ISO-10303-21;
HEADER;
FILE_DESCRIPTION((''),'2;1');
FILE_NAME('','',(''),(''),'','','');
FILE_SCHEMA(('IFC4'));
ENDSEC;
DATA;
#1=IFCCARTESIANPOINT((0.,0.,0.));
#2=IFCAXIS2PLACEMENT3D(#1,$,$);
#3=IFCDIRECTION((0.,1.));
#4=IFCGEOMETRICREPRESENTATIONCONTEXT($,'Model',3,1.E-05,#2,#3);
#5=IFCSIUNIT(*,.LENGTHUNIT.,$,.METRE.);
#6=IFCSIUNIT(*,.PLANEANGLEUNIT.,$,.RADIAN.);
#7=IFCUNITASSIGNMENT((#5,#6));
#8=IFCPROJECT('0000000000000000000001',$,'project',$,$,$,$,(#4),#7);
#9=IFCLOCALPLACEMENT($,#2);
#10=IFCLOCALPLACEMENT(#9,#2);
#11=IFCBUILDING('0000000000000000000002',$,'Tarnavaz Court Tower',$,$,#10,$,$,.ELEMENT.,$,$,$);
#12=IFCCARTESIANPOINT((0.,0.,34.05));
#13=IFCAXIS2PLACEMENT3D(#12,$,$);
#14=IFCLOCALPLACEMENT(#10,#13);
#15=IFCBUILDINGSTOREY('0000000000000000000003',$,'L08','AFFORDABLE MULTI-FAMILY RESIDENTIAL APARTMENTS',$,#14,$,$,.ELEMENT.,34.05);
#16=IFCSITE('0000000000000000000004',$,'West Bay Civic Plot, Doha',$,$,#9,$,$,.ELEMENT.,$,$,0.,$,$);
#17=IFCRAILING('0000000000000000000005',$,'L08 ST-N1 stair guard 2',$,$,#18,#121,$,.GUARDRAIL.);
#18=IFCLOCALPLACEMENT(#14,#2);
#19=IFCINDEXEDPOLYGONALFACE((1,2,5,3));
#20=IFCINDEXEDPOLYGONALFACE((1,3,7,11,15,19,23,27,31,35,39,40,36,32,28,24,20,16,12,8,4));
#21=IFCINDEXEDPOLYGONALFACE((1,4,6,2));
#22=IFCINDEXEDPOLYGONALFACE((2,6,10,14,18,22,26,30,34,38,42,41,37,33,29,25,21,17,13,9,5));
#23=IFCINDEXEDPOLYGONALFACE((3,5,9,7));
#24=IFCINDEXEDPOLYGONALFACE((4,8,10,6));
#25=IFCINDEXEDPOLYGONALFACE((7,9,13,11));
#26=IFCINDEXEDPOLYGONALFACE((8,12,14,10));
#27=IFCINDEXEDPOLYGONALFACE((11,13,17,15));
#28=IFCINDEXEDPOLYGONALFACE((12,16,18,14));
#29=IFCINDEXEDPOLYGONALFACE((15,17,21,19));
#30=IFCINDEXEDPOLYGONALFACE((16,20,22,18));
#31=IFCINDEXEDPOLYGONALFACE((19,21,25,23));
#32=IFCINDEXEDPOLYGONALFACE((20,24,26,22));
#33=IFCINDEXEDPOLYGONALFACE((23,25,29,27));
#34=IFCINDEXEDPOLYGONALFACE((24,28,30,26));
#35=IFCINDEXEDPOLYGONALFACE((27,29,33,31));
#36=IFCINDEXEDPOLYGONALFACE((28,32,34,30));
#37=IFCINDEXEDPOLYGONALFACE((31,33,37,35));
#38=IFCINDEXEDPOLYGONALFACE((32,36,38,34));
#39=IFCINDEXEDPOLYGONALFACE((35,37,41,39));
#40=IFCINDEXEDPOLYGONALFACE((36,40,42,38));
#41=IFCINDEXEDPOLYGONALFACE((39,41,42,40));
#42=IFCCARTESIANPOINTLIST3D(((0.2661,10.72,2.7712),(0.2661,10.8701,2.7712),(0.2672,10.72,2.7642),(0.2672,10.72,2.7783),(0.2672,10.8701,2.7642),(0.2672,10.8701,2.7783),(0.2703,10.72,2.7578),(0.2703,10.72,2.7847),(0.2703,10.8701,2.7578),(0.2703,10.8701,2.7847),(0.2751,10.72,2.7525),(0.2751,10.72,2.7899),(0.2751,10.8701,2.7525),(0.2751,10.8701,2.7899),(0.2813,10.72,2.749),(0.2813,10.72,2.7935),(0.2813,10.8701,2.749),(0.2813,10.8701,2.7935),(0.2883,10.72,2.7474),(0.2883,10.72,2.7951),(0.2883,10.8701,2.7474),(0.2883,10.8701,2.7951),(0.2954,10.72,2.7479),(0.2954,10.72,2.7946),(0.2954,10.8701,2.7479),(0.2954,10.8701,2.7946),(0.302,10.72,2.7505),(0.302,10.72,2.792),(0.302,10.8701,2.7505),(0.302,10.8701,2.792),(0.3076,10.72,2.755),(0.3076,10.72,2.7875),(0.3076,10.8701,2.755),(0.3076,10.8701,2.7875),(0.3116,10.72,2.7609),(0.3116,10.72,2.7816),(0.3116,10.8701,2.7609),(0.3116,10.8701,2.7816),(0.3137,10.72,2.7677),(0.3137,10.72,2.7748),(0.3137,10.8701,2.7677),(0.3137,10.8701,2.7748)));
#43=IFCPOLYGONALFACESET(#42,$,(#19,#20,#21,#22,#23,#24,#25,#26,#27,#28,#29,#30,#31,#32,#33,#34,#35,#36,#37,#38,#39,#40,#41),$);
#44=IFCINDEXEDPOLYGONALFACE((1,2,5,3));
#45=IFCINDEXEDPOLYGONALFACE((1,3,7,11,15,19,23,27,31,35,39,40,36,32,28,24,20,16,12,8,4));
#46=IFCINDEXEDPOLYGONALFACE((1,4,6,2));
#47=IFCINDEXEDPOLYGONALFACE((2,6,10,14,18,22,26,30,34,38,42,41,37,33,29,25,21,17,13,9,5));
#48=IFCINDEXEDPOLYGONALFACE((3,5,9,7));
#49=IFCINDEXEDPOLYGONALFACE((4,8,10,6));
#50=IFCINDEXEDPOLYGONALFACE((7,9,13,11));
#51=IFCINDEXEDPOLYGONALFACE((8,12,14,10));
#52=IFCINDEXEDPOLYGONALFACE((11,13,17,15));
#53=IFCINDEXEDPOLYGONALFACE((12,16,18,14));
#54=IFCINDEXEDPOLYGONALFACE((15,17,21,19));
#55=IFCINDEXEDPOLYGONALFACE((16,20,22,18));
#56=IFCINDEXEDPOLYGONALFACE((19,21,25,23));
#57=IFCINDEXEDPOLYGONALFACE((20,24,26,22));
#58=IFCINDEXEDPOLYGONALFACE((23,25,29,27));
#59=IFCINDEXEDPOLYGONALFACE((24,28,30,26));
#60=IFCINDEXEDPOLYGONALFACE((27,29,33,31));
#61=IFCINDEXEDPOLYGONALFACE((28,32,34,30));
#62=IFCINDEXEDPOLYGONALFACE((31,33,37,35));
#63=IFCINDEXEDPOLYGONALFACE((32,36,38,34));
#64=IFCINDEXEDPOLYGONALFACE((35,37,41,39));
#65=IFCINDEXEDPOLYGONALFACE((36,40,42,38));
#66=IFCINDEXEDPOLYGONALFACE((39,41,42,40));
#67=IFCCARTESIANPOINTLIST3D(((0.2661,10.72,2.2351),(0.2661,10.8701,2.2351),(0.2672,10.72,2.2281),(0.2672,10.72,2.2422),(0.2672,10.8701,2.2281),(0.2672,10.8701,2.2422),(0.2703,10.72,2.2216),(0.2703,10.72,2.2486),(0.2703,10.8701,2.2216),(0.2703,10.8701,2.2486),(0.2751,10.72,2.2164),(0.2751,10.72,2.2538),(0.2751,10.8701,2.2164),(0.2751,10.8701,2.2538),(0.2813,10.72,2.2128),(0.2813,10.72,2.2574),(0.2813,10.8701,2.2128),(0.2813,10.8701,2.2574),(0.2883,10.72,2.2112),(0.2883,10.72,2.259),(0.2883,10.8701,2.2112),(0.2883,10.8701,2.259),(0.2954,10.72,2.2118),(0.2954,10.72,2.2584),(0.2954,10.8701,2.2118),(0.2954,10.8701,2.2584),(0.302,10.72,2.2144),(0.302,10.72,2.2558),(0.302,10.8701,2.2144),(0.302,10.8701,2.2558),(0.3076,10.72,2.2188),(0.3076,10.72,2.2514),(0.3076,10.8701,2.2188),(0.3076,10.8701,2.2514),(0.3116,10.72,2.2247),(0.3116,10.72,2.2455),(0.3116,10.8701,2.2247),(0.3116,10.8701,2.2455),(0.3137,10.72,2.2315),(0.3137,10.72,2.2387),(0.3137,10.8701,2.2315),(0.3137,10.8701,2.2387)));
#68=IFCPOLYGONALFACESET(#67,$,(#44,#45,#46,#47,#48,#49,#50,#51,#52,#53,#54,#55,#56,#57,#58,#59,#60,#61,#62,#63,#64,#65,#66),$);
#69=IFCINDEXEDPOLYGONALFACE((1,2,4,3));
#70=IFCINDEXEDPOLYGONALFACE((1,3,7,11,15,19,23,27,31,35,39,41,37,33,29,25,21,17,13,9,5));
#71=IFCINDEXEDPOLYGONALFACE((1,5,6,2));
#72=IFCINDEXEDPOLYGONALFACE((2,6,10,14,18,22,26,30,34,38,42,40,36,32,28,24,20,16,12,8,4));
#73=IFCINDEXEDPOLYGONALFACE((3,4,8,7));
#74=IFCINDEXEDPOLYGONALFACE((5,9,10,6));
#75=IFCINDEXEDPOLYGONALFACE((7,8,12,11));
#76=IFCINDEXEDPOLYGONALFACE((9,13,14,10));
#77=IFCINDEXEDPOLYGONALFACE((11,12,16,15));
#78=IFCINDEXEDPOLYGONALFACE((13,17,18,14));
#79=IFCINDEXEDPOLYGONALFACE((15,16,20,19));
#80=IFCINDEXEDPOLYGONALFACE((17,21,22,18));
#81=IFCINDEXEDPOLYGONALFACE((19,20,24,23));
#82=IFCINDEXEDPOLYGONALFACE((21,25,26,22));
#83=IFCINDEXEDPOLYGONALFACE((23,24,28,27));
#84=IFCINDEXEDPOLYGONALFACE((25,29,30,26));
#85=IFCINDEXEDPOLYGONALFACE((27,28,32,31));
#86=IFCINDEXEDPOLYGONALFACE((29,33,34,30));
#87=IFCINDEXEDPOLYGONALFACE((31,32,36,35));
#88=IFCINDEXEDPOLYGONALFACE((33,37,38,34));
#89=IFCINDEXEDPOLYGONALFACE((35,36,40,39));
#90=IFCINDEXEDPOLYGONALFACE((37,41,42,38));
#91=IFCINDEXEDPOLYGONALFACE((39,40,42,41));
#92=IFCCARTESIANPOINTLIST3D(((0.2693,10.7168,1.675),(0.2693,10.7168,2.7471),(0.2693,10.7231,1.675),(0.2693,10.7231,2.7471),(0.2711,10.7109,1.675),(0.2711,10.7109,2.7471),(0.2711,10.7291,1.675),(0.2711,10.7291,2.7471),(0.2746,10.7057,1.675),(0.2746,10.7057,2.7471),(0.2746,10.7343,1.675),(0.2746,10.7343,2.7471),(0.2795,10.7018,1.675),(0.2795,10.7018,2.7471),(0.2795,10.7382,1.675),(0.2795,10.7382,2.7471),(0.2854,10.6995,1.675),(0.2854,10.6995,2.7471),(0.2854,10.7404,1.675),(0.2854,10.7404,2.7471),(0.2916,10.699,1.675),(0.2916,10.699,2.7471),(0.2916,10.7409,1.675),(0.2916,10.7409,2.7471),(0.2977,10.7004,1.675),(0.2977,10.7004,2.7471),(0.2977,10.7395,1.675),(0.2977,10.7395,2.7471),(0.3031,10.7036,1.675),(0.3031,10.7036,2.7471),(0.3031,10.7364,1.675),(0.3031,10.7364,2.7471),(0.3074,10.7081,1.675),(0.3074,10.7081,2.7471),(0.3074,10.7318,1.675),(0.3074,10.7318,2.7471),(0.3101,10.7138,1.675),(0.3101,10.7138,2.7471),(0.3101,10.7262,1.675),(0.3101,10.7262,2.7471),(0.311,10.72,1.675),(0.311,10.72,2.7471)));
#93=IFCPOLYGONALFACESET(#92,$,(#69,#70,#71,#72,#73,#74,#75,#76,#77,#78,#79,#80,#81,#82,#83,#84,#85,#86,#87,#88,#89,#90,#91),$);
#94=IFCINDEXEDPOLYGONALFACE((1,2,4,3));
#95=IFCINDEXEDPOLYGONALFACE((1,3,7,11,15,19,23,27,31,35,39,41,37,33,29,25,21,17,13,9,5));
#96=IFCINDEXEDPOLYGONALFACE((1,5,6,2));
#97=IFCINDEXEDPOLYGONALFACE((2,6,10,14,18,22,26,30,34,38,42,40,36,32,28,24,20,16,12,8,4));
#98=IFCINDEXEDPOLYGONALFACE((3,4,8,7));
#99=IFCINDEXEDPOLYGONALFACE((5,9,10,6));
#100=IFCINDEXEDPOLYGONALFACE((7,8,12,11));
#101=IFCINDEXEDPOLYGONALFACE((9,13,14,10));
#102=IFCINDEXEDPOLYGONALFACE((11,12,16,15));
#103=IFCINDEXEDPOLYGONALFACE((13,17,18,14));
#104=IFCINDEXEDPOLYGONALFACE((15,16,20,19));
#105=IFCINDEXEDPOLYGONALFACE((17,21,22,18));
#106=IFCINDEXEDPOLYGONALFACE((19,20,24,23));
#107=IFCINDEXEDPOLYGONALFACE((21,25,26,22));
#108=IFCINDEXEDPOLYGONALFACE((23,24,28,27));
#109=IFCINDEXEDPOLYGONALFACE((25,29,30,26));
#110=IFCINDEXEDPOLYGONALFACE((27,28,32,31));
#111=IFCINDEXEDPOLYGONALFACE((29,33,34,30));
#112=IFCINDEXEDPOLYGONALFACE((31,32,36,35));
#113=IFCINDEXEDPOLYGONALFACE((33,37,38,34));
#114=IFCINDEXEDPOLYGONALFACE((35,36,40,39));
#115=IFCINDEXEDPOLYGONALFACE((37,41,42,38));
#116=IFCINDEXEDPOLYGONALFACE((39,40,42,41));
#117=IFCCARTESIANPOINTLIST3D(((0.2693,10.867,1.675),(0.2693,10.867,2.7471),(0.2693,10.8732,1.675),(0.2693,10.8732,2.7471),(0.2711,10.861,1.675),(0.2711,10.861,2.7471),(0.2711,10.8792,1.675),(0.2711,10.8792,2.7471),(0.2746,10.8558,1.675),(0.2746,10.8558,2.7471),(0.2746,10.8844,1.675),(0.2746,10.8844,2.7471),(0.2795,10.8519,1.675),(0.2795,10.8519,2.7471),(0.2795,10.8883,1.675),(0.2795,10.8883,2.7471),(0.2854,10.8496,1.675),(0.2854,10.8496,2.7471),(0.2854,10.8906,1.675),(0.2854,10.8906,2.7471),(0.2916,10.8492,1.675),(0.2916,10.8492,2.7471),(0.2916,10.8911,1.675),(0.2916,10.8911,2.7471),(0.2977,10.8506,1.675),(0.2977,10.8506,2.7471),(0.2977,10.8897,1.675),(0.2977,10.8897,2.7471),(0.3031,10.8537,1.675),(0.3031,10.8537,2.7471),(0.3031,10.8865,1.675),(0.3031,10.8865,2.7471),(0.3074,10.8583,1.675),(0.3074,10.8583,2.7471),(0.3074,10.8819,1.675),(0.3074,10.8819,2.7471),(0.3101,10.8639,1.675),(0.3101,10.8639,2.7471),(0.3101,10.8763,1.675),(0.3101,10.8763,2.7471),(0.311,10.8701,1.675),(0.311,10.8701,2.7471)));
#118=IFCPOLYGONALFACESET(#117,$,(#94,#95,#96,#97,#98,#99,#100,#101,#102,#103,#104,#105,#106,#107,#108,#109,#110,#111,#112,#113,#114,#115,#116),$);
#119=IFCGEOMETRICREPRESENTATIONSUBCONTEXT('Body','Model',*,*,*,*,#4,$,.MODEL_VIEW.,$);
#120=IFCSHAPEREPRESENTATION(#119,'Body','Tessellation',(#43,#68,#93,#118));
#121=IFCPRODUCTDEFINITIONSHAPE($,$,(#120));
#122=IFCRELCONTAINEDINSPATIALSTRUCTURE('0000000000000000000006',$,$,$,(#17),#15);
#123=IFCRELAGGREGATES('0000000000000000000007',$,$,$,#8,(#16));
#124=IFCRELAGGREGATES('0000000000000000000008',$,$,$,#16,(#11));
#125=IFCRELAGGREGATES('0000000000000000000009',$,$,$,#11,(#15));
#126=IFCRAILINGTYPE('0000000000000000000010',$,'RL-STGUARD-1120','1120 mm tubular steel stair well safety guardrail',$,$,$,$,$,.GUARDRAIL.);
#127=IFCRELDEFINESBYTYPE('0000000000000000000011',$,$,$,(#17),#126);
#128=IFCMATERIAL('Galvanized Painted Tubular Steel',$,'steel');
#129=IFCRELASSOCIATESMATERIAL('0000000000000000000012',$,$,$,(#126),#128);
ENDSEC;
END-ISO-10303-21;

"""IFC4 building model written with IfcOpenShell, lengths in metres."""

from ifc_helpers import new_model, si_unit, direction, frame, origin, origin_2d, place, context, subcontext, project, spatial, circle, extrude, material, type_object, element, save


model = new_model("IFC4")

# Units and contexts
model_context = context("Model", 3, precision=1e-05, world=origin(), true_north=direction((0.0, 1.0)))
body_context = subcontext(model_context, "Body", "Model", "MODEL_VIEW")
ifc_project = project(units=[si_unit("LENGTHUNIT", "METRE"), si_unit("PLANEANGLEUNIT", "RADIAN")], contexts=[model_context])

# Site, building, storey
site_placement = place(None, origin())
site = spatial("IfcSite", under=ifc_project, at=site_placement, Name="West Bay Civic Plot, Doha", CompositionType="ELEMENT", RefElevation=0.0)
building_placement = place(site_placement, origin())
building = spatial("IfcBuilding", under=site, at=building_placement, Name="Tarnavaz Court Tower", CompositionType="ELEMENT")
storey_placement = place(building_placement, frame((0.0, 0.0, 34.05)))
storey = spatial("IfcBuildingStorey", under=building, at=storey_placement, Name="L08", Description="AFFORDABLE MULTI-FAMILY RESIDENTIAL APARTMENTS", CompositionType="ELEMENT", Elevation=34.05)

# Railing
ifc_material_1 = material(Name="Galvanized Painted Tubular Steel", Category="steel")
railing_type_1 = type_object("IfcRailingType", Name="RL-STGUARD-1120", Description="1120 mm tubular steel stair well safety guardrail", PredefinedType="GUARDRAIL", material=ifc_material_1)
railing_1_placement = place(storey_placement, frame((0.29, 10.72, 1.675)))
element("IfcRailing", 1, at=railing_1_placement, inside=storey, type_object=railing_type_1, Name="L08 ST-N1 stair guard 2", PredefinedType="GUARDRAIL", context=body_context, shape_type="SweptSolid", body=[
    extrude(circle(Radius=0.0239, at=origin_2d()), frame((0.0, 0.0, 1.0962), z_axis=(0.0, 1.0, 0.0), x_axis=(-1.0, 0.0, 0.0)), (0.0, 0.0, 1.0), 0.1501),
    extrude(circle(Radius=0.0239, at=origin_2d()), frame((0.0, 0.0, 0.5601), z_axis=(0.0, 1.0, 0.0), x_axis=(-1.0, 0.0, 0.0)), (0.0, 0.0, 1.0), 0.1501),
    extrude(circle(Radius=0.021, at=origin_2d()), origin(), (0.0, 0.0, 1.0), 1.072),
    extrude(circle(Radius=0.021, at=origin_2d()), frame((0.0, 0.1501, 0.0)), (0.0, 0.0, 1.0), 1.072),
])

save(model, "model.ifc")
